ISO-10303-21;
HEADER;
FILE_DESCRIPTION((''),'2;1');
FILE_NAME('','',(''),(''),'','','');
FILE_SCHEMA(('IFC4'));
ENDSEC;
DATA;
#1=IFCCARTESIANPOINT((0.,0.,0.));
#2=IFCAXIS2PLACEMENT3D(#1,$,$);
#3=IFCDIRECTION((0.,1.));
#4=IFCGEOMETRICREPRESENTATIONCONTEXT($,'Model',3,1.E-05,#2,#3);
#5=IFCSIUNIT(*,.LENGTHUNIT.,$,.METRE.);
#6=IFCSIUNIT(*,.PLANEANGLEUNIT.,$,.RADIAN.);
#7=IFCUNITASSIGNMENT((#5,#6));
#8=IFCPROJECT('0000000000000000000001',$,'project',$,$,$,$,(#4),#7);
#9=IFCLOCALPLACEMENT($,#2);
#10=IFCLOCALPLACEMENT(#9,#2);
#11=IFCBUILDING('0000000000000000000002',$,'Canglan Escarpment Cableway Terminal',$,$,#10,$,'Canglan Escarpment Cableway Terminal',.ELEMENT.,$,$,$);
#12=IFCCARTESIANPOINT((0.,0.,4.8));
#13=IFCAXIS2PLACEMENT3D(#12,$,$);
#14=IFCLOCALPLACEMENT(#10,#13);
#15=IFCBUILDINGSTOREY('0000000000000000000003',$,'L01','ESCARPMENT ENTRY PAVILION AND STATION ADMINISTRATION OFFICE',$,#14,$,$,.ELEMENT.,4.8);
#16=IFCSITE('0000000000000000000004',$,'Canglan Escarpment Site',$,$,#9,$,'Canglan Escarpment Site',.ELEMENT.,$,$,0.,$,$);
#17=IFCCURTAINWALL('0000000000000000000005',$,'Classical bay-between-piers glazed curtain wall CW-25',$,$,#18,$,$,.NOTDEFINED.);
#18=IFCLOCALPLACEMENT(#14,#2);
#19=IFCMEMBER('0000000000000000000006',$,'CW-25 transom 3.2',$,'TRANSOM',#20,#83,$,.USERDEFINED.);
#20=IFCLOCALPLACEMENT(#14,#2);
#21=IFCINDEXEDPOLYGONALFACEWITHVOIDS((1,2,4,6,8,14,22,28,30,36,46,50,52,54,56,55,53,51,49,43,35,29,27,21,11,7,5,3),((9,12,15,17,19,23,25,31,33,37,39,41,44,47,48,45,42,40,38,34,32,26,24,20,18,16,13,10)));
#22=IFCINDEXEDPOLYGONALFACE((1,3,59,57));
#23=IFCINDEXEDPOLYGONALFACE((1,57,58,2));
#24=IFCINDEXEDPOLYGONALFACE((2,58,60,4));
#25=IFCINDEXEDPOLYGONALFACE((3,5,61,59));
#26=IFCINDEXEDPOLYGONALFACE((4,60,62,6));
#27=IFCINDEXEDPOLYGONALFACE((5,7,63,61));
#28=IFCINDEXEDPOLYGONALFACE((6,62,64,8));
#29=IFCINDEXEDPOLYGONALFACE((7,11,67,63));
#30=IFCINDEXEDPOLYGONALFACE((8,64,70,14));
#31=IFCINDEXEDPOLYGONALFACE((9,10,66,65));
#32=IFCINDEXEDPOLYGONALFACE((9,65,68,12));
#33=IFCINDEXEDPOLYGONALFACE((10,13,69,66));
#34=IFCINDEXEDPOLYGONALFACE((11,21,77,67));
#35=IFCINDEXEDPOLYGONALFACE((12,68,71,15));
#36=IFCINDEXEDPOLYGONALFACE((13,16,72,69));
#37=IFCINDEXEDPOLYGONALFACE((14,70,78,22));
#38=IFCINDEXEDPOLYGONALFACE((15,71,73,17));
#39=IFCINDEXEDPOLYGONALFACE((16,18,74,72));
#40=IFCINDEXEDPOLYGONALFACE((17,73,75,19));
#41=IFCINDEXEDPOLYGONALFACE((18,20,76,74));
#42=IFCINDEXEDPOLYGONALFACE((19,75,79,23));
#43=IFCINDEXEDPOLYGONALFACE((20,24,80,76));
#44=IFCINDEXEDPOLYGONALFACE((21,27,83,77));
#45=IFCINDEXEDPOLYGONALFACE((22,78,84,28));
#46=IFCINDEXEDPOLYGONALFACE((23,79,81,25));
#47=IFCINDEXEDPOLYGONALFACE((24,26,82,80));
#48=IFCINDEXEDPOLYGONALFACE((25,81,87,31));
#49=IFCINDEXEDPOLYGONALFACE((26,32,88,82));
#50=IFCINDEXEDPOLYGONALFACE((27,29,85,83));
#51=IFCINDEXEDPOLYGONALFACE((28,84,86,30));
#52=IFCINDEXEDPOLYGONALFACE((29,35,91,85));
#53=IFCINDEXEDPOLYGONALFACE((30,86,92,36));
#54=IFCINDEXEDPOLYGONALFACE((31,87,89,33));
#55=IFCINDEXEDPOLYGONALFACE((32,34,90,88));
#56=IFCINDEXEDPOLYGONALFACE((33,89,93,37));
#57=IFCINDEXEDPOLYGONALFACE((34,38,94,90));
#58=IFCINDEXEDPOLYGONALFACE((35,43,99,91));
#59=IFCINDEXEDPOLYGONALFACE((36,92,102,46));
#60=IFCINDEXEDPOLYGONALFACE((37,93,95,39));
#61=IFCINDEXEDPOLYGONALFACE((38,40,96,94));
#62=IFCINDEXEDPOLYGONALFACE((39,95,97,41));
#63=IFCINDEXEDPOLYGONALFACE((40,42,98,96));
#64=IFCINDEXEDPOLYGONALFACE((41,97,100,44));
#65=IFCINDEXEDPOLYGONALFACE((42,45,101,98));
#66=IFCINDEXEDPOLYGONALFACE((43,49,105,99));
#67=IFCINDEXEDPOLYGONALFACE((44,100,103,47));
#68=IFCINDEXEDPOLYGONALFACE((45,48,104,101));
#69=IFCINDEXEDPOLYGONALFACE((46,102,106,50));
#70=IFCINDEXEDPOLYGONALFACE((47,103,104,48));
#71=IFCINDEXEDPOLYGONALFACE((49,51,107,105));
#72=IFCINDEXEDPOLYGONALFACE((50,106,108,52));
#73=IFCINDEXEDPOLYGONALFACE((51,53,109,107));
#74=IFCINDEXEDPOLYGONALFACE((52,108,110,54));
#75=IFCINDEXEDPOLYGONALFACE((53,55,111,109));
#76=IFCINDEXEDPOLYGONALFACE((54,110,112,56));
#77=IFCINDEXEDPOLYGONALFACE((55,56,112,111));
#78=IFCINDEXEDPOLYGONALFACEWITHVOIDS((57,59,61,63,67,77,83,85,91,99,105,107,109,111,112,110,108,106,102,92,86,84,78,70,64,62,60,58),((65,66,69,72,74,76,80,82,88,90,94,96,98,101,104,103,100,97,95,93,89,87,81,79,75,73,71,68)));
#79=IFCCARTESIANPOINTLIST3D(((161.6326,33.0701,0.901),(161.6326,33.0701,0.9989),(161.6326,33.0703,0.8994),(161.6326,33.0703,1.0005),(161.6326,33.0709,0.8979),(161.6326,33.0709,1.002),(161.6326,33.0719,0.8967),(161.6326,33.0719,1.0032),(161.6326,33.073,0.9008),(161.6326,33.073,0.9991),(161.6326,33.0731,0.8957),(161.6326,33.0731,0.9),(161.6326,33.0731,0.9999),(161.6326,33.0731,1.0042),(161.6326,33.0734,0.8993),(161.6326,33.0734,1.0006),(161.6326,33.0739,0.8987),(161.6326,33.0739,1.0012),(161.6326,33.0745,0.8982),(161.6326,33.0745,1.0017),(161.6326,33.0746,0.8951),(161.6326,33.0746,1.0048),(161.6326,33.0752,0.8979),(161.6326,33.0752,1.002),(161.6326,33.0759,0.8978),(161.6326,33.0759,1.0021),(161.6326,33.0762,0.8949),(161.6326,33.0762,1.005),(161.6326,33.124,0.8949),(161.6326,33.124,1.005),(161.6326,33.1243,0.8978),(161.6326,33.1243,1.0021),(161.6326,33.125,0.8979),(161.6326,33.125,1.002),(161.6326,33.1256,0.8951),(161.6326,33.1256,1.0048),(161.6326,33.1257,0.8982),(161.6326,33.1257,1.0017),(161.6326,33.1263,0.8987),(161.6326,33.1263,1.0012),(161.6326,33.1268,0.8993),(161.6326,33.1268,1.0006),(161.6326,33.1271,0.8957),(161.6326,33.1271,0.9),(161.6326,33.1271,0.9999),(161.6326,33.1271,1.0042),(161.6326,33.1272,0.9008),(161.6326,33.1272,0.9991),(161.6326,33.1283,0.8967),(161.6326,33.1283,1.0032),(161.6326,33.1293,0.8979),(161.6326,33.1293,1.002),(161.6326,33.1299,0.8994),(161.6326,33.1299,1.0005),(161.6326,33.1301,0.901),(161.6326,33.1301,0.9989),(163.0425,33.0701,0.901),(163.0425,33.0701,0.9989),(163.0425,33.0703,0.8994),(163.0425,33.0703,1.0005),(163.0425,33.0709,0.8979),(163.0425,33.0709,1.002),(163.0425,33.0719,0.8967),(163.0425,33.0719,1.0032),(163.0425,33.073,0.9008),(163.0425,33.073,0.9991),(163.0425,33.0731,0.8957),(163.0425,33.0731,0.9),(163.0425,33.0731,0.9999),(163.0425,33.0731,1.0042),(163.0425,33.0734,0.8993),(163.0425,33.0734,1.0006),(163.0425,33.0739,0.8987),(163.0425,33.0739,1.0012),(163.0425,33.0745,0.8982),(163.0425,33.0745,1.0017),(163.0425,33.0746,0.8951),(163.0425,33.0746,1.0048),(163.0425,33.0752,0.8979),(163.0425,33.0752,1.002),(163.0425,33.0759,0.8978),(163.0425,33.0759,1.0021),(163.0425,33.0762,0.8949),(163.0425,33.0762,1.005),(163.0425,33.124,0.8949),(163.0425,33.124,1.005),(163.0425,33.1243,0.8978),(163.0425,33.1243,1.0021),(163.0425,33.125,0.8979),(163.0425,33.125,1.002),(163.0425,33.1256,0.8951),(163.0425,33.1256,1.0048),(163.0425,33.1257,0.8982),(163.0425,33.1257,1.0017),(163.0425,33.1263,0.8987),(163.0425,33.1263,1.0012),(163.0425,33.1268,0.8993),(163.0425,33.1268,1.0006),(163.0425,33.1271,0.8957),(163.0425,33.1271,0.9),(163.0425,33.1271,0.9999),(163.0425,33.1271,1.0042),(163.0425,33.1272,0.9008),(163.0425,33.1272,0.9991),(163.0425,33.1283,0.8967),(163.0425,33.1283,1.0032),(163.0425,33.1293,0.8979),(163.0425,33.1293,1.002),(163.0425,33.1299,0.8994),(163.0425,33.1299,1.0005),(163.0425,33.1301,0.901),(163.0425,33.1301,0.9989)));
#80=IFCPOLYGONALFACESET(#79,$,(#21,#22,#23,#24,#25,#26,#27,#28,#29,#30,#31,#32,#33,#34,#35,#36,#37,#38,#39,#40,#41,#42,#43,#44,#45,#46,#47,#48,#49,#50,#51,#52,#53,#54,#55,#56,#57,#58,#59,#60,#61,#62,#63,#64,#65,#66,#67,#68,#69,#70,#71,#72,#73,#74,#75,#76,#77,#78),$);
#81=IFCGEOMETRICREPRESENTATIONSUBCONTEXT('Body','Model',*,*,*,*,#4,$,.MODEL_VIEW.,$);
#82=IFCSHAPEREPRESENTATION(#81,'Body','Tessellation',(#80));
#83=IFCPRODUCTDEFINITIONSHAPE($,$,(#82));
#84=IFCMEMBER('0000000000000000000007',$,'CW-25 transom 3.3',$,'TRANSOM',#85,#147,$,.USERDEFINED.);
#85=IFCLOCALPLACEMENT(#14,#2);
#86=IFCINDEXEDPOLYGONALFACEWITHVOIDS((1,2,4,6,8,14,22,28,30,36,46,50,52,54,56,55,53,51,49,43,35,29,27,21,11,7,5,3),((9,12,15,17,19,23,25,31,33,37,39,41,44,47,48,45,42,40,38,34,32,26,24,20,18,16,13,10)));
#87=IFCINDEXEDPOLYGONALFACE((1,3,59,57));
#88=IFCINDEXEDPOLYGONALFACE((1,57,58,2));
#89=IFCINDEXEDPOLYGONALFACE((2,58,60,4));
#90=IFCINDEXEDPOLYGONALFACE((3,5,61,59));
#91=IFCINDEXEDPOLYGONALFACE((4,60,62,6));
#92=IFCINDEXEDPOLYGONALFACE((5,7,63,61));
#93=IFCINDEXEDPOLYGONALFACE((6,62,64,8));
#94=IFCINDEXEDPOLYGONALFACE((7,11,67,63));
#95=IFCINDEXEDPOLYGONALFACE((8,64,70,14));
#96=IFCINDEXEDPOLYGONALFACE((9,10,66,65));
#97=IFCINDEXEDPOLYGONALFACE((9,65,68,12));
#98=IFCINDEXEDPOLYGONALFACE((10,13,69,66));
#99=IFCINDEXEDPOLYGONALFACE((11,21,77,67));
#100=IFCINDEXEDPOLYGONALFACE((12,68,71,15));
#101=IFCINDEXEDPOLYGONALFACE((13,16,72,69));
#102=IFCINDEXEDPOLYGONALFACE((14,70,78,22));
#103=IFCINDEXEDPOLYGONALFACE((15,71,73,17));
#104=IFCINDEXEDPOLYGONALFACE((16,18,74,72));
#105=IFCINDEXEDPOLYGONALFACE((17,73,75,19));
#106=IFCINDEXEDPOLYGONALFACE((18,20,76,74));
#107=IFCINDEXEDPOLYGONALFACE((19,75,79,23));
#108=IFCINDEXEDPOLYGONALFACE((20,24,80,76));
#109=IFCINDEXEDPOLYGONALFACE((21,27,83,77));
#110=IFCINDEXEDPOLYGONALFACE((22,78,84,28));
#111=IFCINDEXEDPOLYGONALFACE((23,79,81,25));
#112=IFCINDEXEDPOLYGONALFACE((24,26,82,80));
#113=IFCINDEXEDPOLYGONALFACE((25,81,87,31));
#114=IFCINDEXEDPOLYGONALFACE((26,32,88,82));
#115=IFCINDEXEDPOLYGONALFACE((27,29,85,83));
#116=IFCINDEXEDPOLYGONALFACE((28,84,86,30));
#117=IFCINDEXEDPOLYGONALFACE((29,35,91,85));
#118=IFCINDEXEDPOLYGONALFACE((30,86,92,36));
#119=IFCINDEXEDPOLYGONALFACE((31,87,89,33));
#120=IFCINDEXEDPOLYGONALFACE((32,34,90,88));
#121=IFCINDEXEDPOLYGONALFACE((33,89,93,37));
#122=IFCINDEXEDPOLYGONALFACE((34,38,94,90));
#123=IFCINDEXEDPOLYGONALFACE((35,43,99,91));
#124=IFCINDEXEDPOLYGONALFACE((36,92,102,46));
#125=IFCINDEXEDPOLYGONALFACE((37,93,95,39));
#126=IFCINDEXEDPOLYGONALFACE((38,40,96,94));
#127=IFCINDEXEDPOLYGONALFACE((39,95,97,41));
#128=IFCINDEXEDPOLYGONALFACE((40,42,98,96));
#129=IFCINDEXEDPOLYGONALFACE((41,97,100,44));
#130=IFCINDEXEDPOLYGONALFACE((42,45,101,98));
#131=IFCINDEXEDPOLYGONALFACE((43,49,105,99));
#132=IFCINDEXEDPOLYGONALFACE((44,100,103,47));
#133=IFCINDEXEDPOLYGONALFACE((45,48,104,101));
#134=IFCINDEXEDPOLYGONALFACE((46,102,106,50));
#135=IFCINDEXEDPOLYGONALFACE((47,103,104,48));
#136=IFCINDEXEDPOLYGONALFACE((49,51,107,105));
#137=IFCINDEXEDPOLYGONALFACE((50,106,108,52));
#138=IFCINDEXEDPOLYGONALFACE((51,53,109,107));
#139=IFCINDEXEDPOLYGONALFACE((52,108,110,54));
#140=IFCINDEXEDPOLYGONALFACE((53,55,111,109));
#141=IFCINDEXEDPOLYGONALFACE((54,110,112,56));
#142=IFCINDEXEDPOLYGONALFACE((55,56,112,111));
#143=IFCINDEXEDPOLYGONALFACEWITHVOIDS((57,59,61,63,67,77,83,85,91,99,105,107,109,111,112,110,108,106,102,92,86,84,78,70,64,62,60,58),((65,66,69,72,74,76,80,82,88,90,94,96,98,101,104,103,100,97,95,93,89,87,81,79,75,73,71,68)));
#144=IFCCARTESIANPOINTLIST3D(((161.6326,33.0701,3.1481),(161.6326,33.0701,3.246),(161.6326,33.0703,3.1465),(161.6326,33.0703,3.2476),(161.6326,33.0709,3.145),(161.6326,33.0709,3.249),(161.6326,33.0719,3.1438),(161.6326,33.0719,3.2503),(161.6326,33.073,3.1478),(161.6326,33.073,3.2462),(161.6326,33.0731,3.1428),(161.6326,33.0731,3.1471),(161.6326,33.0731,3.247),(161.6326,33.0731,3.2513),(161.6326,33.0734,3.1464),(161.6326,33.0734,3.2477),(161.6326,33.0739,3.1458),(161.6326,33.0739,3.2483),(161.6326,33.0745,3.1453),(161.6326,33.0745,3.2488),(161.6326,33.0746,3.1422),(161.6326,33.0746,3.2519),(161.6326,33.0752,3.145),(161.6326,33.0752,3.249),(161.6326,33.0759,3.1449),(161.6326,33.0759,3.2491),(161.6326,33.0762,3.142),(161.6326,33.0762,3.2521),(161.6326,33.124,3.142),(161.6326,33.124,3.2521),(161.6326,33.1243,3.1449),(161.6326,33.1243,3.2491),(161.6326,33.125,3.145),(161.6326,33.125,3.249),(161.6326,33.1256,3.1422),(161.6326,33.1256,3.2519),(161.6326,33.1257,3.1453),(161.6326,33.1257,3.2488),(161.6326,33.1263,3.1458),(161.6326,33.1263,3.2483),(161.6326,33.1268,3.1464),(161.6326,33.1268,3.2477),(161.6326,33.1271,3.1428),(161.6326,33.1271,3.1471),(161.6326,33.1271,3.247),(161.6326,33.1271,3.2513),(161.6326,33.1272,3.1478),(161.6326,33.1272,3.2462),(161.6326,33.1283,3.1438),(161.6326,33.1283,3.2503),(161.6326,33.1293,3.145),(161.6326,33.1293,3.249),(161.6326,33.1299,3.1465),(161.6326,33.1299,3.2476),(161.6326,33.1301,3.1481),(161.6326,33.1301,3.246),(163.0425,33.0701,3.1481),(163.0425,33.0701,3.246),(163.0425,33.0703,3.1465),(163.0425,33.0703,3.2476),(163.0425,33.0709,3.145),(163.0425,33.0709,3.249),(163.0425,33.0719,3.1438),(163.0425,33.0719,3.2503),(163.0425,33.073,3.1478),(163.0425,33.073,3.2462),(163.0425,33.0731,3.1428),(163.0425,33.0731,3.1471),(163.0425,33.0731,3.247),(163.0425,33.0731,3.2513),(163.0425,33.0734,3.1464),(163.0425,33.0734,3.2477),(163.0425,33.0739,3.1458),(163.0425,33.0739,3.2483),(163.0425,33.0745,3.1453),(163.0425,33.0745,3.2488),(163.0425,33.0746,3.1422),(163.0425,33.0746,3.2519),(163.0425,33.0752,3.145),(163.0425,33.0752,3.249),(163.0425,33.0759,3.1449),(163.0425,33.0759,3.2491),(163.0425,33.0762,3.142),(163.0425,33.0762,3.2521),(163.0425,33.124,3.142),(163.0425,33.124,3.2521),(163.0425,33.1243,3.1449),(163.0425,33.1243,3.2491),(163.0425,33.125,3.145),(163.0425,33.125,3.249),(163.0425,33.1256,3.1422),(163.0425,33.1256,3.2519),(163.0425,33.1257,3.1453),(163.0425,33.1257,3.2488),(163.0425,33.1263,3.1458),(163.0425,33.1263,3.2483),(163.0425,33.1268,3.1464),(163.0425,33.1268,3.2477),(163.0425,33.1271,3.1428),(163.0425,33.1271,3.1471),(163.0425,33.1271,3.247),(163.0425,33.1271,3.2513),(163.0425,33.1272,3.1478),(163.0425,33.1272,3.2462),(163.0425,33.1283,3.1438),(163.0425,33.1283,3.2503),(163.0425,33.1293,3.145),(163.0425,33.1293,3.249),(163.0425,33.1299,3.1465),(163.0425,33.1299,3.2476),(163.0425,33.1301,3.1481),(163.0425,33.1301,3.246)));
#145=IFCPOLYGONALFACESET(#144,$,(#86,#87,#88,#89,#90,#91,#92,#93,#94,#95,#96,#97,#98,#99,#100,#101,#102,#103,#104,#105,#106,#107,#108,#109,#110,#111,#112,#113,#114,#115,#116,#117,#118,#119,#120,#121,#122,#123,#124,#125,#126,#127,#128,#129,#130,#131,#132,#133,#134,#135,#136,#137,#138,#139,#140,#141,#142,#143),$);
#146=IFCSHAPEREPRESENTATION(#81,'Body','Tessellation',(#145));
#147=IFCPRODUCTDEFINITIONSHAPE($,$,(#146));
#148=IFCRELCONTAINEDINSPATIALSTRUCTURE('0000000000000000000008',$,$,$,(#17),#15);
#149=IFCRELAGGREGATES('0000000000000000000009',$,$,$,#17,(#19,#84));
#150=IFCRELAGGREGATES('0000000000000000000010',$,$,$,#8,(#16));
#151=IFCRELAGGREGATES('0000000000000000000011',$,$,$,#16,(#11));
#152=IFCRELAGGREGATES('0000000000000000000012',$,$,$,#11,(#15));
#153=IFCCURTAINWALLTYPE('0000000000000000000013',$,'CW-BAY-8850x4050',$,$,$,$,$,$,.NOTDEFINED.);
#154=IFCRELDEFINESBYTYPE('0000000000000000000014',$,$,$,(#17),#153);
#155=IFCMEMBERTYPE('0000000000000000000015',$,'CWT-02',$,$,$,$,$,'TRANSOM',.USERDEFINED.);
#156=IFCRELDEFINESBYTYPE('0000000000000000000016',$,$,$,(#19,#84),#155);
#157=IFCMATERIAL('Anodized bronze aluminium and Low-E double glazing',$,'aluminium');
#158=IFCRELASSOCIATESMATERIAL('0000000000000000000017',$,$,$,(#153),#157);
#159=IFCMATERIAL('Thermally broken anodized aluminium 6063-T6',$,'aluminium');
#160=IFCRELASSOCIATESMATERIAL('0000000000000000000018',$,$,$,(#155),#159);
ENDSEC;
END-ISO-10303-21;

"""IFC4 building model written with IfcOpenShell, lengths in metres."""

from ifc_helpers import new_model, si_unit, direction, frame, origin, origin_2d, place, context, subcontext, project, spatial, hollow_rectangle, extrude, material, material_profile, profile_set, type_object, element, aggregate, save


model = new_model("IFC4")

# Units and contexts
model_context = context("Model", 3, precision=1e-05, world=origin(), true_north=direction((0.0, 1.0)))
body_context = subcontext(model_context, "Body", "Model", "MODEL_VIEW")
ifc_project = project(units=[si_unit("LENGTHUNIT", "METRE"), si_unit("PLANEANGLEUNIT", "RADIAN")], contexts=[model_context])

# Site, building, storey
site_placement = place(None, origin())
site = spatial("IfcSite", under=ifc_project, at=site_placement, Name="Canglan Escarpment Site", LongName="Canglan Escarpment Site", CompositionType="ELEMENT", RefElevation=0.0)
building_placement = place(site_placement, origin())
building = spatial("IfcBuilding", under=site, at=building_placement, Name="Canglan Escarpment Cableway Terminal", LongName="Canglan Escarpment Cableway Terminal", CompositionType="ELEMENT")
storey_placement = place(building_placement, frame((0.0, 0.0, 4.8)))
storey = spatial("IfcBuildingStorey", under=building, at=storey_placement, Name="L01", Description="ESCARPMENT ENTRY PAVILION AND STATION ADMINISTRATION OFFICE", CompositionType="ELEMENT", Elevation=4.8)

# Curtain wall, members
ifc_material_1 = material(Name="Anodized bronze aluminium and Low-E double glazing", Category="aluminium")
curtain_wall_type = type_object("IfcCurtainWallType", Name="CW-BAY-8850x4050", PredefinedType="NOTDEFINED", material=ifc_material_1)
curtain_wall_placement = place(storey_placement, origin())
curtain_wall = element("IfcCurtainWall", 1, at=curtain_wall_placement, inside=storey, type_object=curtain_wall_type, Name="Classical bay-between-piers glazed curtain wall CW-25", PredefinedType="NOTDEFINED")
ifc_material_2 = material(Name="Thermally broken anodized aluminium 6063-T6", Category="aluminium")
ifc_material_profile_1 = material_profile(ifc_material_2, hollow_rectangle(XDim=0.0601, YDim=0.1101, WallThickness=0.0029, InnerFilletRadius=0.0029, OuterFilletRadius=0.0061, at=origin_2d()), Name="ALU-TRAN 60x110x3")
ifc_profile_set_1 = profile_set([ifc_material_profile_1], Name="Thermally broken anodized aluminium 6063-T6")
member_type_1 = type_object("IfcMemberType", Name="CWT-02", ElementType="TRANSOM", PredefinedType="USERDEFINED", material=ifc_profile_set_1)
member_1_placement = place(storey_placement, frame((163.0425, 33.1001, 0.95), z_axis=(-1.0, 0.0, 0.0), x_axis=(0.0, -1.0, 0.0)))
member_1 = element("IfcMember", 2, at=member_1_placement, type_object=member_type_1, Name="CW-25 transom 3.2", ObjectType="TRANSOM", PredefinedType="USERDEFINED", context=body_context, shape_type="SweptSolid", body=[
    extrude(hollow_rectangle(XDim=0.0601, YDim=0.1101, WallThickness=0.0029, InnerFilletRadius=0.0029, OuterFilletRadius=0.0061, at=origin_2d()), origin(), (0.0, 0.0, 1.0), 1.4099),
])
member_2_placement = place(storey_placement, frame((163.0425, 33.1001, 3.197), z_axis=(-1.0, 0.0, 0.0), x_axis=(0.0, -1.0, 0.0)))
member_2 = element("IfcMember", 3, at=member_2_placement, type_object=member_type_1, Name="CW-25 transom 3.3", ObjectType="TRANSOM", PredefinedType="USERDEFINED", context=body_context, shape_type="SweptSolid", body=[
    extrude(hollow_rectangle(XDim=0.0601, YDim=0.1101, WallThickness=0.0029, InnerFilletRadius=0.0029, OuterFilletRadius=0.0061, at=origin_2d()), origin(), (0.0, 0.0, 1.0), 1.4099),
])
aggregate(curtain_wall, [member_1, member_2])

save(model, "model.ifc")
